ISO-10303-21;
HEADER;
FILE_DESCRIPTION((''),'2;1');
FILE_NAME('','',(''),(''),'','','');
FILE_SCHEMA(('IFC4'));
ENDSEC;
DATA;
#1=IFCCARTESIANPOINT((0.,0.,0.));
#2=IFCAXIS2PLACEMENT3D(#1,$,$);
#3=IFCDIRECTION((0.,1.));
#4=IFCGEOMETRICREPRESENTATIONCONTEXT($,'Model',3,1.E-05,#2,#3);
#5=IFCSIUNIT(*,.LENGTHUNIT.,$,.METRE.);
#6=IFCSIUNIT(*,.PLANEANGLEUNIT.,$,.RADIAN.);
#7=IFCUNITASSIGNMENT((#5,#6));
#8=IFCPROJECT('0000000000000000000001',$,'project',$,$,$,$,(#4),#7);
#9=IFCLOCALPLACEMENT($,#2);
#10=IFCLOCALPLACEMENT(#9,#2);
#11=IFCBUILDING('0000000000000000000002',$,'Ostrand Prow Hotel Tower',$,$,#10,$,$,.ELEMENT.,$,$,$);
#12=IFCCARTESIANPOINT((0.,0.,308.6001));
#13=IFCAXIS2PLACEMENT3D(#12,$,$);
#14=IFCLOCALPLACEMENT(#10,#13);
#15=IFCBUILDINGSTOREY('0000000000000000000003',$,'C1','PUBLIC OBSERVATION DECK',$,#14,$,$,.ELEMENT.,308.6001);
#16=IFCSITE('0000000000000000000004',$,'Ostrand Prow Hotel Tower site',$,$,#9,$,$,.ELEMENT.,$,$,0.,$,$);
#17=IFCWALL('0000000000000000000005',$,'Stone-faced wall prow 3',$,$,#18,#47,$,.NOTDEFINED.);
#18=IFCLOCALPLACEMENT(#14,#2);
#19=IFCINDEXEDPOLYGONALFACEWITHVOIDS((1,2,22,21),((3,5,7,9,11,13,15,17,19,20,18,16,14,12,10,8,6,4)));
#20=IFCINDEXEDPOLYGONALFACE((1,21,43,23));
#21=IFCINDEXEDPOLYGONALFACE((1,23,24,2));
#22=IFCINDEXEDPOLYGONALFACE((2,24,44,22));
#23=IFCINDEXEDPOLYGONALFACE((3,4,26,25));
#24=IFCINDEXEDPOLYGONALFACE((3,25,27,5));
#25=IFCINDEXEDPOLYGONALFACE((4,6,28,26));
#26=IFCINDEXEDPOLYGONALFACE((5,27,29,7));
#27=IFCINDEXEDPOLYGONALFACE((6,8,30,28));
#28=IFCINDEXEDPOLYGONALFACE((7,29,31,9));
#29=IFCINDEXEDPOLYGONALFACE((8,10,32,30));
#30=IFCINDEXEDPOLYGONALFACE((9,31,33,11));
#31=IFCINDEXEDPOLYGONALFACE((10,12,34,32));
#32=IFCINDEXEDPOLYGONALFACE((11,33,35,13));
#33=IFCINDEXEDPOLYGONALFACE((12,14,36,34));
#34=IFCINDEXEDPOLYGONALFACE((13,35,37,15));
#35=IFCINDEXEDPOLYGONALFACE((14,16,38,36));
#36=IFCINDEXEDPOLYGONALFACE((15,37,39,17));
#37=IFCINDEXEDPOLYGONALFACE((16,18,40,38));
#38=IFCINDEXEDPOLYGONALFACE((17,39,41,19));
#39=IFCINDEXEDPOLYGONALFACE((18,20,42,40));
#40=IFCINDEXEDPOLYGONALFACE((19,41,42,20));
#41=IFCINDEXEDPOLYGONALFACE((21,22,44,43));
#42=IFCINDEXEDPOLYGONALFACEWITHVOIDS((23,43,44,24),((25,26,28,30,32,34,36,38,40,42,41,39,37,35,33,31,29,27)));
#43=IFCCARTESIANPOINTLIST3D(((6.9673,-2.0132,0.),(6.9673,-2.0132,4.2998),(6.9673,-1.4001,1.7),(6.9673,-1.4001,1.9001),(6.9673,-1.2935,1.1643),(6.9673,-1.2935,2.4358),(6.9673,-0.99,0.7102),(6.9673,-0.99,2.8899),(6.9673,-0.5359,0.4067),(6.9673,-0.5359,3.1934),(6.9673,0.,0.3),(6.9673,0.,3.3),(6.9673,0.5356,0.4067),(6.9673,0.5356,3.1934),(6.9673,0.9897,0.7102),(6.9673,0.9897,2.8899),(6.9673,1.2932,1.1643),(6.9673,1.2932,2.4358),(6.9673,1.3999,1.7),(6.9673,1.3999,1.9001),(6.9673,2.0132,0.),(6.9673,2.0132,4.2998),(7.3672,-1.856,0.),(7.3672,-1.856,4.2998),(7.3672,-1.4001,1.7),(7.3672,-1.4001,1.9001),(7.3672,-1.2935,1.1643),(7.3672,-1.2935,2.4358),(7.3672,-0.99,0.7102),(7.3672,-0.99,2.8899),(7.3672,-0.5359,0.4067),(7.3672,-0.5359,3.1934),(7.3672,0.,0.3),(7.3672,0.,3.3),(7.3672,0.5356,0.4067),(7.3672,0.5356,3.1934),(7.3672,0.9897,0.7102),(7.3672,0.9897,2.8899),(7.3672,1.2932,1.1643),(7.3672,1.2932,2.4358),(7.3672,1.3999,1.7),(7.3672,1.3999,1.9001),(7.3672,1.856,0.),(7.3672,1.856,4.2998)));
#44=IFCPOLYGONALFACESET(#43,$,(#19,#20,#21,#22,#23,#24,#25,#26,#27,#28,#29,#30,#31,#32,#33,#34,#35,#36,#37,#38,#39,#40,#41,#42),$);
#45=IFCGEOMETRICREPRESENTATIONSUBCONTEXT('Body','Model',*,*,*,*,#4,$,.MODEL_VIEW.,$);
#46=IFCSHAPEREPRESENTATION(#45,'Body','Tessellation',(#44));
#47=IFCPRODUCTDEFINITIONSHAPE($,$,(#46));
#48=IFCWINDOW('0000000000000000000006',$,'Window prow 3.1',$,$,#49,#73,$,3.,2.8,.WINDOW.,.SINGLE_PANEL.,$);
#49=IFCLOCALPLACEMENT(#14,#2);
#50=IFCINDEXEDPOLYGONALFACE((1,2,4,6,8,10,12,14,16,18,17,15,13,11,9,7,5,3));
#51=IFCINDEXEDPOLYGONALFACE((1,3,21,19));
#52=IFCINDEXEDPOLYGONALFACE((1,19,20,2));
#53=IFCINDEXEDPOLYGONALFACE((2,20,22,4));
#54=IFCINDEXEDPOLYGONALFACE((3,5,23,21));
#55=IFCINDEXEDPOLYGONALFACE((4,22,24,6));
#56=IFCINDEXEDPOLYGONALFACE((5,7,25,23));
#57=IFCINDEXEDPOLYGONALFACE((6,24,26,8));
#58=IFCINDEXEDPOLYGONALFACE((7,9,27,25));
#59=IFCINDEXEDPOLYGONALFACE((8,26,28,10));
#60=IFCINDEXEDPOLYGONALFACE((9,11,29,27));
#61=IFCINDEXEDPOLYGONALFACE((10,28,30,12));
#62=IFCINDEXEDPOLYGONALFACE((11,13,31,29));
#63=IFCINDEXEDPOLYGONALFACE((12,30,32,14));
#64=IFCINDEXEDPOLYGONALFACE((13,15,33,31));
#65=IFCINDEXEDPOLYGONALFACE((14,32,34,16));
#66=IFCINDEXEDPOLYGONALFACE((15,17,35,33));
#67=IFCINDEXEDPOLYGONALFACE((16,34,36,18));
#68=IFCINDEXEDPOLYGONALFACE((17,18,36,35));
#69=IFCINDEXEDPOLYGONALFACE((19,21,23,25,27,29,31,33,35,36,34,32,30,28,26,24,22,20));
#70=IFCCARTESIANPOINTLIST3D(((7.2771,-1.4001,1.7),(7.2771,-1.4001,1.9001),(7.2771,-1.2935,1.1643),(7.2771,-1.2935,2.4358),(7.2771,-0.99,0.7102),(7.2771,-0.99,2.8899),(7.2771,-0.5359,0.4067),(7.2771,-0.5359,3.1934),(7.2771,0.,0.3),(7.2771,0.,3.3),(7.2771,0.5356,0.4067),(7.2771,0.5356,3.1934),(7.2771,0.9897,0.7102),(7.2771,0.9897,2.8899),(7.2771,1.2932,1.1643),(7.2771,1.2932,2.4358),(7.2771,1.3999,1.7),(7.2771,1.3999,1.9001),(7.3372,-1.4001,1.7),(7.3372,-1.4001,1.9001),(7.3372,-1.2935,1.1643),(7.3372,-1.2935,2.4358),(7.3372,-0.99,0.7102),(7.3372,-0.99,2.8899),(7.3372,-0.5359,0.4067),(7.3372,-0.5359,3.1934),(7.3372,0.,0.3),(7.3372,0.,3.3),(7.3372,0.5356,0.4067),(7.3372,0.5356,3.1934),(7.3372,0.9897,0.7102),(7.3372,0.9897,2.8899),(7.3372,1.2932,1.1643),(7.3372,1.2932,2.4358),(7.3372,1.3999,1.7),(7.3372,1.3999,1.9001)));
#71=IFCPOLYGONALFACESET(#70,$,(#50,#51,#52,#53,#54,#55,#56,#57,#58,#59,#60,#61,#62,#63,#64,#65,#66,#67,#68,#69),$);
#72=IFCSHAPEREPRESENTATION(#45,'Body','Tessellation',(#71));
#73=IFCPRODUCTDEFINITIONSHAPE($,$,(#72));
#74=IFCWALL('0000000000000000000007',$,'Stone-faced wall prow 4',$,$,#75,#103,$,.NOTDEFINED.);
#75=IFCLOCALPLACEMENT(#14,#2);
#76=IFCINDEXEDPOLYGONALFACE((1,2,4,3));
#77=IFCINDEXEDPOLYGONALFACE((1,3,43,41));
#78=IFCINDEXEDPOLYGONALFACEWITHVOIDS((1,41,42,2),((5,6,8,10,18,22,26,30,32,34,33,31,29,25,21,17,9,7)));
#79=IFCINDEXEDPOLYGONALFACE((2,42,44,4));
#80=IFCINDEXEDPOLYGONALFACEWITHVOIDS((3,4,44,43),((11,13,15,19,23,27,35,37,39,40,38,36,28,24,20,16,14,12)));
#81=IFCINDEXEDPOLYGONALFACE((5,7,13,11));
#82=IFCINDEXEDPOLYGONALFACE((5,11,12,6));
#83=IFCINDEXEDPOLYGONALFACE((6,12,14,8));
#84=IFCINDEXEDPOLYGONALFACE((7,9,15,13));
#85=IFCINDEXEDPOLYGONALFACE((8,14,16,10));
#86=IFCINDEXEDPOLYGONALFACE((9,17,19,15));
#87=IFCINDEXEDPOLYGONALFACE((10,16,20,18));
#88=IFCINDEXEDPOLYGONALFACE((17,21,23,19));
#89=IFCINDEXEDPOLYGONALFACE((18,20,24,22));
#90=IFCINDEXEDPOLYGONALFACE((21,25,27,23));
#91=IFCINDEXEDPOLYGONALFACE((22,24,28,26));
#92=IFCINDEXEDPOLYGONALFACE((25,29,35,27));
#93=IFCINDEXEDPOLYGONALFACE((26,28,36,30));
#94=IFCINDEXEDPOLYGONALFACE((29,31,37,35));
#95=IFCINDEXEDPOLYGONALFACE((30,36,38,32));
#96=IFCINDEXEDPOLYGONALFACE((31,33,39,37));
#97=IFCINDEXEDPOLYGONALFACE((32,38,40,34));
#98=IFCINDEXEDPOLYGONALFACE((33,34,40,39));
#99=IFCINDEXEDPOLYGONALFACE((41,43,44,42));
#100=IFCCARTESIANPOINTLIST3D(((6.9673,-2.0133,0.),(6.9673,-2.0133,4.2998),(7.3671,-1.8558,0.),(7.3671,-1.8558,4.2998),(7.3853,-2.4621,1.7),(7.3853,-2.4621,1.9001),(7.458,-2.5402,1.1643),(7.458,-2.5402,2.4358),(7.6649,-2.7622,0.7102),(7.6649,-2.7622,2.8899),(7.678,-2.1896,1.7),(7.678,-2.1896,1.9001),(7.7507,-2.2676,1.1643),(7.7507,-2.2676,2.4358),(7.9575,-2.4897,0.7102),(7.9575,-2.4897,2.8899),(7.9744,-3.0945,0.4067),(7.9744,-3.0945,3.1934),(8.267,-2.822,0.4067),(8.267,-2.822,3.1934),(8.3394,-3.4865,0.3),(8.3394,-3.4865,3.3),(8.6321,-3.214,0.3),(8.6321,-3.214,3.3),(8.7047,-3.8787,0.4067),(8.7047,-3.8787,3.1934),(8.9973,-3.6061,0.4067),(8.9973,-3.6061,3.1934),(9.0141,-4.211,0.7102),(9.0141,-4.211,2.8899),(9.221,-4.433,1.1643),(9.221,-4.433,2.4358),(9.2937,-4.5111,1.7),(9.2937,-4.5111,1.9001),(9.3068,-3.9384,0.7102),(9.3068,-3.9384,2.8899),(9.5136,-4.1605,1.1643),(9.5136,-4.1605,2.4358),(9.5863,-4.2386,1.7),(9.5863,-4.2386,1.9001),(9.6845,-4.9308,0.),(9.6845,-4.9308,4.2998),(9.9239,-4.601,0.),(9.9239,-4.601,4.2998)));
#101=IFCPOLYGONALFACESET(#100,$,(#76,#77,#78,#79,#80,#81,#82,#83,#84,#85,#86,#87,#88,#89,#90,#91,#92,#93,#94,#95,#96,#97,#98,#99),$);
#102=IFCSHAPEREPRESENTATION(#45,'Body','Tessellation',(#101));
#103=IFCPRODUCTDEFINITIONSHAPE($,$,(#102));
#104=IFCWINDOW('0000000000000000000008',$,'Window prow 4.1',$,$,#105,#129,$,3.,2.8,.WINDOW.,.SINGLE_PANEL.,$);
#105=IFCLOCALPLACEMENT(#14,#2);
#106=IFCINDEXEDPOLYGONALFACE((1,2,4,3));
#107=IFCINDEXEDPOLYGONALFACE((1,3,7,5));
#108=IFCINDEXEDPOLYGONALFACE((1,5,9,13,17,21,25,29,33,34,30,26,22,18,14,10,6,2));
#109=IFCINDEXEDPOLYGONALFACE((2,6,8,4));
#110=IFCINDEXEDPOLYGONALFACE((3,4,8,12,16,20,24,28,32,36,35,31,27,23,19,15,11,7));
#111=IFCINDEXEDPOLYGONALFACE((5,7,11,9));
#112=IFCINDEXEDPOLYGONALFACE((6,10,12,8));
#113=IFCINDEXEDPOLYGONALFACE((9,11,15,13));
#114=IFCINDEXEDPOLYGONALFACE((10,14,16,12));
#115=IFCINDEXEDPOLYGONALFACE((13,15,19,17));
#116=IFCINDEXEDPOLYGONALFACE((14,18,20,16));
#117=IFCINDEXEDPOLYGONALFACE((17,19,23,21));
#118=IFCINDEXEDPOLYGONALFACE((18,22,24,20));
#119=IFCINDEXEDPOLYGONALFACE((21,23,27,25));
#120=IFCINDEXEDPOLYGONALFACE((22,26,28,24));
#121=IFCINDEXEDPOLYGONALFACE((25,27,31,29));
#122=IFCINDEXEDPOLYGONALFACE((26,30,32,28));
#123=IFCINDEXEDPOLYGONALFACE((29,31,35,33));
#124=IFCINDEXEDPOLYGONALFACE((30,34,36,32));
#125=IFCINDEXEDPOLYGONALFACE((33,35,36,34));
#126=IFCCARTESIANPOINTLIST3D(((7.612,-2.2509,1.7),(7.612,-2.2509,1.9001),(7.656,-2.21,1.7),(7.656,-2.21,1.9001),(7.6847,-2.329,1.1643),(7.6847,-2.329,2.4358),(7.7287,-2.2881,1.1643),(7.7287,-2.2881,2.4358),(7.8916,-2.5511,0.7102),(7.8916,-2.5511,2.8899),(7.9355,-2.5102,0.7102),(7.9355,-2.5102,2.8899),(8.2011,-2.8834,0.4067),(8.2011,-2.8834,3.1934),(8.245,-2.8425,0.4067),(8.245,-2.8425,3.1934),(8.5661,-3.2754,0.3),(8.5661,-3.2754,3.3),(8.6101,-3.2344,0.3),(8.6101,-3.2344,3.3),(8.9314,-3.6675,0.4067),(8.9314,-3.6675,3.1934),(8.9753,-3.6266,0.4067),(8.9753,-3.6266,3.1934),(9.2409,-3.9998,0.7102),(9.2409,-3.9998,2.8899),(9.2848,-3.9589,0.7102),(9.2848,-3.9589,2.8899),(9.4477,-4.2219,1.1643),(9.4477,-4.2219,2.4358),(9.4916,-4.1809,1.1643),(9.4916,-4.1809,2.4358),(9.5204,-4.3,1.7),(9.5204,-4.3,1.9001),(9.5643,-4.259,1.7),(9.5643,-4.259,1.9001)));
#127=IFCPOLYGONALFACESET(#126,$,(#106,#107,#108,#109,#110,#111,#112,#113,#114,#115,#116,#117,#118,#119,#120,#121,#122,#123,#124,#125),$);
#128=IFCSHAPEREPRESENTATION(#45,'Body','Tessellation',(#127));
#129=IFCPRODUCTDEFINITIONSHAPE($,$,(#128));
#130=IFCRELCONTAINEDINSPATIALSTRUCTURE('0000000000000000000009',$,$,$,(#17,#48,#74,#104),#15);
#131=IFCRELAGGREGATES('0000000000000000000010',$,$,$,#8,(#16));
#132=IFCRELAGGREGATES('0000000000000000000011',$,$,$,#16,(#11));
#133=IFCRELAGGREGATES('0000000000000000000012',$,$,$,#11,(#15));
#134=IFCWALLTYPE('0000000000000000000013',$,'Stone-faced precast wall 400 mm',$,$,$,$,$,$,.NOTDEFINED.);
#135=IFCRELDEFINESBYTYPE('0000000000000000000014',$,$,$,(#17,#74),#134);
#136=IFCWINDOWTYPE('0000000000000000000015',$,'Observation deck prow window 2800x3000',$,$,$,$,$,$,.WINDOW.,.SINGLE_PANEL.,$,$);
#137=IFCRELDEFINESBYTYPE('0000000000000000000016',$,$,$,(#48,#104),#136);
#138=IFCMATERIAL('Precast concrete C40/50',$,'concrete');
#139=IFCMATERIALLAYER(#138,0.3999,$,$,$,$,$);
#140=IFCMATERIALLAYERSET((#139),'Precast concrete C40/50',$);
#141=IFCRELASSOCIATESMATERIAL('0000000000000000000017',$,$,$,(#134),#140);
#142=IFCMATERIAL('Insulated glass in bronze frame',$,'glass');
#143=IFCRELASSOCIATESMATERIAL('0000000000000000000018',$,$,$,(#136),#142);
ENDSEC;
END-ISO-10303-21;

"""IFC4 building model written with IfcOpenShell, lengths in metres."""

from ifc_helpers import new_model, si_unit, direction, frame, origin, place, context, subcontext, project, spatial, polyline, outline, extrude, material, layer, layer_set, type_object, element, fill, save


model = new_model("IFC4")

# Units and contexts
model_context = context("Model", 3, precision=1e-05, world=origin(), true_north=direction((0.0, 1.0)))
body_context = subcontext(model_context, "Body", "Model", "MODEL_VIEW")
ifc_project = project(units=[si_unit("LENGTHUNIT", "METRE"), si_unit("PLANEANGLEUNIT", "RADIAN")], contexts=[model_context])

# Site, building, storey
site_placement = place(None, origin())
site = spatial("IfcSite", under=ifc_project, at=site_placement, Name="Ostrand Prow Hotel Tower site", CompositionType="ELEMENT", RefElevation=0.0)
building_placement = place(site_placement, origin())
building = spatial("IfcBuilding", under=site, at=building_placement, Name="Ostrand Prow Hotel Tower", CompositionType="ELEMENT")
storey_placement = place(building_placement, frame((0.0, 0.0, 308.6001)))
storey = spatial("IfcBuildingStorey", under=building, at=storey_placement, Name="C1", Description="PUBLIC OBSERVATION DECK", CompositionType="ELEMENT", Elevation=308.6001)

# Walls, openings, windows
ifc_material_1 = material(Name="Precast concrete C40/50", Category="concrete")
ifc_layer_1 = layer(ifc_material_1, 0.3999)
ifc_layer_set_1 = layer_set([ifc_layer_1], Name="Precast concrete C40/50")
wall_type_1 = type_object("IfcWallType", Name="Stone-faced precast wall 400 mm", PredefinedType="NOTDEFINED", material=ifc_layer_set_1)
ifc_material_2 = material(Name="Insulated glass in bronze frame", Category="glass")
window_type = type_object("IfcWindowType", Name="Observation deck prow window 2800x3000", PartitioningType="SINGLE_PANEL", PredefinedType="WINDOW", material=ifc_material_2)
wall_1_placement = place(storey_placement, frame((7.1672, 1.9346, 0.0), z_axis=(0.0, 0.0, 1.0), x_axis=(0.0, -1.0, 0.0)))
wall_1 = element("IfcWall", 1, at=wall_1_placement, inside=storey, type_object=wall_type_1, Name="Stone-faced wall prow 3", PredefinedType="NOTDEFINED", context=body_context, shape_type="SweptSolid", body=[
    extrude(outline(polyline([(-0.0786, -0.2), (3.9478, -0.2), (3.7905, 0.2), (0.0786, 0.2), (-0.0786, -0.2)])), origin(), (0.0, 0.0, 1.0), 4.2998),
])
opening_1_placement = place(wall_1_placement, frame((0.5347, 0.0, 0.3)))
opening_1 = element("IfcOpeningElement", 2, at=opening_1_placement, cuts=wall_1, PredefinedType="OPENING", context=body_context, shape_type="SweptSolid", body=[
    extrude(outline(polyline([(0.0, 1.6001), (0.1067, 2.1357), (0.4102, 2.5898), (0.8643, 2.8933), (1.3999, 3.0), (1.9358, 2.8933), (2.3899, 2.5898), (2.6934, 2.1357), (2.8, 1.6001), (2.8, 1.3999), (2.6934, 0.8643), (2.3899, 0.4102), (1.9358, 0.1067), (1.3999, 0.0), (0.8643, 0.1067), (0.4102, 0.4102), (0.1067, 0.8643), (0.0, 1.3999), (0.0, 1.6001)])), frame((0.0, 0.21, 0.0), z_axis=(0.0, -1.0, 0.0), x_axis=(1.0, 0.0, 0.0)), (0.0, 0.0, 1.0), 0.4199),
])
window_1_placement = place(opening_1_placement, origin())
window_1 = element("IfcWindow", 3, at=window_1_placement, inside=storey, type_object=window_type, Name="Window prow 3.1", OverallHeight=3.0, OverallWidth=2.8, PartitioningType="SINGLE_PANEL", PredefinedType="WINDOW", context=body_context, shape_type="SweptSolid", body=[
    extrude(outline(polyline([(0.0, 1.6001), (0.1067, 2.1357), (0.4102, 2.5898), (0.8643, 2.8933), (1.3999, 3.0), (1.9358, 2.8933), (2.3899, 2.5898), (2.6934, 2.1357), (2.8, 1.6001), (2.8, 1.3999), (2.6934, 0.8643), (2.3899, 0.4102), (1.9358, 0.1067), (1.3999, 0.0), (0.8643, 0.1067), (0.4102, 0.4102), (0.1067, 0.8643), (0.0, 1.3999), (0.0, 1.6001)])), frame((0.0, 0.1699, 0.0), z_axis=(0.0, -1.0, 0.0), x_axis=(1.0, 0.0, 0.0)), (0.0, 0.0, 1.0), 0.0601),
])
fill(opening_1, window_1)
wall_2_placement = place(storey_placement, frame((7.1672, -1.9346, 0.0), z_axis=(0.0, 0.0, 1.0), x_axis=(0.681547, -0.731775, 0.0)))
wall_2 = element("IfcWall", 4, at=wall_2_placement, inside=storey, type_object=wall_type_1, Name="Stone-faced wall prow 4", PredefinedType="NOTDEFINED", context=body_context, shape_type="SweptSolid", body=[
    extrude(outline(polyline([(-0.0786, -0.2), (3.9082, -0.2), (3.8301, 0.2), (0.0786, 0.2), (-0.0786, -0.2)])), origin(), (0.0, 0.0, 1.0), 4.2998),
])
opening_2_placement = place(wall_2_placement, frame((0.5347, 0.0, 0.3)))
opening_2 = element("IfcOpeningElement", 5, at=opening_2_placement, cuts=wall_2, PredefinedType="OPENING", context=body_context, shape_type="SweptSolid", body=[
    extrude(outline(polyline([(0.0, 1.6001), (0.1067, 2.1357), (0.4102, 2.5898), (0.8643, 2.8933), (1.3999, 3.0), (1.9358, 2.8933), (2.3899, 2.5898), (2.6934, 2.1357), (2.8, 1.6001), (2.8, 1.3999), (2.6934, 0.8643), (2.3899, 0.4102), (1.9358, 0.1067), (1.3999, 0.0), (0.8643, 0.1067), (0.4102, 0.4102), (0.1067, 0.8643), (0.0, 1.3999), (0.0, 1.6001)])), frame((0.0, 0.21, 0.0), z_axis=(0.0, -1.0, 0.0), x_axis=(1.0, 0.0, 0.0)), (0.0, 0.0, 1.0), 0.4199),
])
window_2_placement = place(opening_2_placement, origin())
window_2 = element("IfcWindow", 6, at=window_2_placement, inside=storey, type_object=window_type, Name="Window prow 4.1", OverallHeight=3.0, OverallWidth=2.8, PartitioningType="SINGLE_PANEL", PredefinedType="WINDOW", context=body_context, shape_type="SweptSolid", body=[
    extrude(outline(polyline([(0.0, 1.6001), (0.1067, 2.1357), (0.4102, 2.5898), (0.8643, 2.8933), (1.3999, 3.0), (1.9358, 2.8933), (2.3899, 2.5898), (2.6934, 2.1357), (2.8, 1.6001), (2.8, 1.3999), (2.6934, 0.8643), (2.3899, 0.4102), (1.9358, 0.1067), (1.3999, 0.0), (0.8643, 0.1067), (0.4102, 0.4102), (0.1067, 0.8643), (0.0, 1.3999), (0.0, 1.6001)])), frame((0.0, 0.1699, 0.0), z_axis=(0.0, -1.0, 0.0), x_axis=(1.0, 0.0, 0.0)), (0.0, 0.0, 1.0), 0.0601),
])
fill(opening_2, window_2)

save(model, "model.ifc")
